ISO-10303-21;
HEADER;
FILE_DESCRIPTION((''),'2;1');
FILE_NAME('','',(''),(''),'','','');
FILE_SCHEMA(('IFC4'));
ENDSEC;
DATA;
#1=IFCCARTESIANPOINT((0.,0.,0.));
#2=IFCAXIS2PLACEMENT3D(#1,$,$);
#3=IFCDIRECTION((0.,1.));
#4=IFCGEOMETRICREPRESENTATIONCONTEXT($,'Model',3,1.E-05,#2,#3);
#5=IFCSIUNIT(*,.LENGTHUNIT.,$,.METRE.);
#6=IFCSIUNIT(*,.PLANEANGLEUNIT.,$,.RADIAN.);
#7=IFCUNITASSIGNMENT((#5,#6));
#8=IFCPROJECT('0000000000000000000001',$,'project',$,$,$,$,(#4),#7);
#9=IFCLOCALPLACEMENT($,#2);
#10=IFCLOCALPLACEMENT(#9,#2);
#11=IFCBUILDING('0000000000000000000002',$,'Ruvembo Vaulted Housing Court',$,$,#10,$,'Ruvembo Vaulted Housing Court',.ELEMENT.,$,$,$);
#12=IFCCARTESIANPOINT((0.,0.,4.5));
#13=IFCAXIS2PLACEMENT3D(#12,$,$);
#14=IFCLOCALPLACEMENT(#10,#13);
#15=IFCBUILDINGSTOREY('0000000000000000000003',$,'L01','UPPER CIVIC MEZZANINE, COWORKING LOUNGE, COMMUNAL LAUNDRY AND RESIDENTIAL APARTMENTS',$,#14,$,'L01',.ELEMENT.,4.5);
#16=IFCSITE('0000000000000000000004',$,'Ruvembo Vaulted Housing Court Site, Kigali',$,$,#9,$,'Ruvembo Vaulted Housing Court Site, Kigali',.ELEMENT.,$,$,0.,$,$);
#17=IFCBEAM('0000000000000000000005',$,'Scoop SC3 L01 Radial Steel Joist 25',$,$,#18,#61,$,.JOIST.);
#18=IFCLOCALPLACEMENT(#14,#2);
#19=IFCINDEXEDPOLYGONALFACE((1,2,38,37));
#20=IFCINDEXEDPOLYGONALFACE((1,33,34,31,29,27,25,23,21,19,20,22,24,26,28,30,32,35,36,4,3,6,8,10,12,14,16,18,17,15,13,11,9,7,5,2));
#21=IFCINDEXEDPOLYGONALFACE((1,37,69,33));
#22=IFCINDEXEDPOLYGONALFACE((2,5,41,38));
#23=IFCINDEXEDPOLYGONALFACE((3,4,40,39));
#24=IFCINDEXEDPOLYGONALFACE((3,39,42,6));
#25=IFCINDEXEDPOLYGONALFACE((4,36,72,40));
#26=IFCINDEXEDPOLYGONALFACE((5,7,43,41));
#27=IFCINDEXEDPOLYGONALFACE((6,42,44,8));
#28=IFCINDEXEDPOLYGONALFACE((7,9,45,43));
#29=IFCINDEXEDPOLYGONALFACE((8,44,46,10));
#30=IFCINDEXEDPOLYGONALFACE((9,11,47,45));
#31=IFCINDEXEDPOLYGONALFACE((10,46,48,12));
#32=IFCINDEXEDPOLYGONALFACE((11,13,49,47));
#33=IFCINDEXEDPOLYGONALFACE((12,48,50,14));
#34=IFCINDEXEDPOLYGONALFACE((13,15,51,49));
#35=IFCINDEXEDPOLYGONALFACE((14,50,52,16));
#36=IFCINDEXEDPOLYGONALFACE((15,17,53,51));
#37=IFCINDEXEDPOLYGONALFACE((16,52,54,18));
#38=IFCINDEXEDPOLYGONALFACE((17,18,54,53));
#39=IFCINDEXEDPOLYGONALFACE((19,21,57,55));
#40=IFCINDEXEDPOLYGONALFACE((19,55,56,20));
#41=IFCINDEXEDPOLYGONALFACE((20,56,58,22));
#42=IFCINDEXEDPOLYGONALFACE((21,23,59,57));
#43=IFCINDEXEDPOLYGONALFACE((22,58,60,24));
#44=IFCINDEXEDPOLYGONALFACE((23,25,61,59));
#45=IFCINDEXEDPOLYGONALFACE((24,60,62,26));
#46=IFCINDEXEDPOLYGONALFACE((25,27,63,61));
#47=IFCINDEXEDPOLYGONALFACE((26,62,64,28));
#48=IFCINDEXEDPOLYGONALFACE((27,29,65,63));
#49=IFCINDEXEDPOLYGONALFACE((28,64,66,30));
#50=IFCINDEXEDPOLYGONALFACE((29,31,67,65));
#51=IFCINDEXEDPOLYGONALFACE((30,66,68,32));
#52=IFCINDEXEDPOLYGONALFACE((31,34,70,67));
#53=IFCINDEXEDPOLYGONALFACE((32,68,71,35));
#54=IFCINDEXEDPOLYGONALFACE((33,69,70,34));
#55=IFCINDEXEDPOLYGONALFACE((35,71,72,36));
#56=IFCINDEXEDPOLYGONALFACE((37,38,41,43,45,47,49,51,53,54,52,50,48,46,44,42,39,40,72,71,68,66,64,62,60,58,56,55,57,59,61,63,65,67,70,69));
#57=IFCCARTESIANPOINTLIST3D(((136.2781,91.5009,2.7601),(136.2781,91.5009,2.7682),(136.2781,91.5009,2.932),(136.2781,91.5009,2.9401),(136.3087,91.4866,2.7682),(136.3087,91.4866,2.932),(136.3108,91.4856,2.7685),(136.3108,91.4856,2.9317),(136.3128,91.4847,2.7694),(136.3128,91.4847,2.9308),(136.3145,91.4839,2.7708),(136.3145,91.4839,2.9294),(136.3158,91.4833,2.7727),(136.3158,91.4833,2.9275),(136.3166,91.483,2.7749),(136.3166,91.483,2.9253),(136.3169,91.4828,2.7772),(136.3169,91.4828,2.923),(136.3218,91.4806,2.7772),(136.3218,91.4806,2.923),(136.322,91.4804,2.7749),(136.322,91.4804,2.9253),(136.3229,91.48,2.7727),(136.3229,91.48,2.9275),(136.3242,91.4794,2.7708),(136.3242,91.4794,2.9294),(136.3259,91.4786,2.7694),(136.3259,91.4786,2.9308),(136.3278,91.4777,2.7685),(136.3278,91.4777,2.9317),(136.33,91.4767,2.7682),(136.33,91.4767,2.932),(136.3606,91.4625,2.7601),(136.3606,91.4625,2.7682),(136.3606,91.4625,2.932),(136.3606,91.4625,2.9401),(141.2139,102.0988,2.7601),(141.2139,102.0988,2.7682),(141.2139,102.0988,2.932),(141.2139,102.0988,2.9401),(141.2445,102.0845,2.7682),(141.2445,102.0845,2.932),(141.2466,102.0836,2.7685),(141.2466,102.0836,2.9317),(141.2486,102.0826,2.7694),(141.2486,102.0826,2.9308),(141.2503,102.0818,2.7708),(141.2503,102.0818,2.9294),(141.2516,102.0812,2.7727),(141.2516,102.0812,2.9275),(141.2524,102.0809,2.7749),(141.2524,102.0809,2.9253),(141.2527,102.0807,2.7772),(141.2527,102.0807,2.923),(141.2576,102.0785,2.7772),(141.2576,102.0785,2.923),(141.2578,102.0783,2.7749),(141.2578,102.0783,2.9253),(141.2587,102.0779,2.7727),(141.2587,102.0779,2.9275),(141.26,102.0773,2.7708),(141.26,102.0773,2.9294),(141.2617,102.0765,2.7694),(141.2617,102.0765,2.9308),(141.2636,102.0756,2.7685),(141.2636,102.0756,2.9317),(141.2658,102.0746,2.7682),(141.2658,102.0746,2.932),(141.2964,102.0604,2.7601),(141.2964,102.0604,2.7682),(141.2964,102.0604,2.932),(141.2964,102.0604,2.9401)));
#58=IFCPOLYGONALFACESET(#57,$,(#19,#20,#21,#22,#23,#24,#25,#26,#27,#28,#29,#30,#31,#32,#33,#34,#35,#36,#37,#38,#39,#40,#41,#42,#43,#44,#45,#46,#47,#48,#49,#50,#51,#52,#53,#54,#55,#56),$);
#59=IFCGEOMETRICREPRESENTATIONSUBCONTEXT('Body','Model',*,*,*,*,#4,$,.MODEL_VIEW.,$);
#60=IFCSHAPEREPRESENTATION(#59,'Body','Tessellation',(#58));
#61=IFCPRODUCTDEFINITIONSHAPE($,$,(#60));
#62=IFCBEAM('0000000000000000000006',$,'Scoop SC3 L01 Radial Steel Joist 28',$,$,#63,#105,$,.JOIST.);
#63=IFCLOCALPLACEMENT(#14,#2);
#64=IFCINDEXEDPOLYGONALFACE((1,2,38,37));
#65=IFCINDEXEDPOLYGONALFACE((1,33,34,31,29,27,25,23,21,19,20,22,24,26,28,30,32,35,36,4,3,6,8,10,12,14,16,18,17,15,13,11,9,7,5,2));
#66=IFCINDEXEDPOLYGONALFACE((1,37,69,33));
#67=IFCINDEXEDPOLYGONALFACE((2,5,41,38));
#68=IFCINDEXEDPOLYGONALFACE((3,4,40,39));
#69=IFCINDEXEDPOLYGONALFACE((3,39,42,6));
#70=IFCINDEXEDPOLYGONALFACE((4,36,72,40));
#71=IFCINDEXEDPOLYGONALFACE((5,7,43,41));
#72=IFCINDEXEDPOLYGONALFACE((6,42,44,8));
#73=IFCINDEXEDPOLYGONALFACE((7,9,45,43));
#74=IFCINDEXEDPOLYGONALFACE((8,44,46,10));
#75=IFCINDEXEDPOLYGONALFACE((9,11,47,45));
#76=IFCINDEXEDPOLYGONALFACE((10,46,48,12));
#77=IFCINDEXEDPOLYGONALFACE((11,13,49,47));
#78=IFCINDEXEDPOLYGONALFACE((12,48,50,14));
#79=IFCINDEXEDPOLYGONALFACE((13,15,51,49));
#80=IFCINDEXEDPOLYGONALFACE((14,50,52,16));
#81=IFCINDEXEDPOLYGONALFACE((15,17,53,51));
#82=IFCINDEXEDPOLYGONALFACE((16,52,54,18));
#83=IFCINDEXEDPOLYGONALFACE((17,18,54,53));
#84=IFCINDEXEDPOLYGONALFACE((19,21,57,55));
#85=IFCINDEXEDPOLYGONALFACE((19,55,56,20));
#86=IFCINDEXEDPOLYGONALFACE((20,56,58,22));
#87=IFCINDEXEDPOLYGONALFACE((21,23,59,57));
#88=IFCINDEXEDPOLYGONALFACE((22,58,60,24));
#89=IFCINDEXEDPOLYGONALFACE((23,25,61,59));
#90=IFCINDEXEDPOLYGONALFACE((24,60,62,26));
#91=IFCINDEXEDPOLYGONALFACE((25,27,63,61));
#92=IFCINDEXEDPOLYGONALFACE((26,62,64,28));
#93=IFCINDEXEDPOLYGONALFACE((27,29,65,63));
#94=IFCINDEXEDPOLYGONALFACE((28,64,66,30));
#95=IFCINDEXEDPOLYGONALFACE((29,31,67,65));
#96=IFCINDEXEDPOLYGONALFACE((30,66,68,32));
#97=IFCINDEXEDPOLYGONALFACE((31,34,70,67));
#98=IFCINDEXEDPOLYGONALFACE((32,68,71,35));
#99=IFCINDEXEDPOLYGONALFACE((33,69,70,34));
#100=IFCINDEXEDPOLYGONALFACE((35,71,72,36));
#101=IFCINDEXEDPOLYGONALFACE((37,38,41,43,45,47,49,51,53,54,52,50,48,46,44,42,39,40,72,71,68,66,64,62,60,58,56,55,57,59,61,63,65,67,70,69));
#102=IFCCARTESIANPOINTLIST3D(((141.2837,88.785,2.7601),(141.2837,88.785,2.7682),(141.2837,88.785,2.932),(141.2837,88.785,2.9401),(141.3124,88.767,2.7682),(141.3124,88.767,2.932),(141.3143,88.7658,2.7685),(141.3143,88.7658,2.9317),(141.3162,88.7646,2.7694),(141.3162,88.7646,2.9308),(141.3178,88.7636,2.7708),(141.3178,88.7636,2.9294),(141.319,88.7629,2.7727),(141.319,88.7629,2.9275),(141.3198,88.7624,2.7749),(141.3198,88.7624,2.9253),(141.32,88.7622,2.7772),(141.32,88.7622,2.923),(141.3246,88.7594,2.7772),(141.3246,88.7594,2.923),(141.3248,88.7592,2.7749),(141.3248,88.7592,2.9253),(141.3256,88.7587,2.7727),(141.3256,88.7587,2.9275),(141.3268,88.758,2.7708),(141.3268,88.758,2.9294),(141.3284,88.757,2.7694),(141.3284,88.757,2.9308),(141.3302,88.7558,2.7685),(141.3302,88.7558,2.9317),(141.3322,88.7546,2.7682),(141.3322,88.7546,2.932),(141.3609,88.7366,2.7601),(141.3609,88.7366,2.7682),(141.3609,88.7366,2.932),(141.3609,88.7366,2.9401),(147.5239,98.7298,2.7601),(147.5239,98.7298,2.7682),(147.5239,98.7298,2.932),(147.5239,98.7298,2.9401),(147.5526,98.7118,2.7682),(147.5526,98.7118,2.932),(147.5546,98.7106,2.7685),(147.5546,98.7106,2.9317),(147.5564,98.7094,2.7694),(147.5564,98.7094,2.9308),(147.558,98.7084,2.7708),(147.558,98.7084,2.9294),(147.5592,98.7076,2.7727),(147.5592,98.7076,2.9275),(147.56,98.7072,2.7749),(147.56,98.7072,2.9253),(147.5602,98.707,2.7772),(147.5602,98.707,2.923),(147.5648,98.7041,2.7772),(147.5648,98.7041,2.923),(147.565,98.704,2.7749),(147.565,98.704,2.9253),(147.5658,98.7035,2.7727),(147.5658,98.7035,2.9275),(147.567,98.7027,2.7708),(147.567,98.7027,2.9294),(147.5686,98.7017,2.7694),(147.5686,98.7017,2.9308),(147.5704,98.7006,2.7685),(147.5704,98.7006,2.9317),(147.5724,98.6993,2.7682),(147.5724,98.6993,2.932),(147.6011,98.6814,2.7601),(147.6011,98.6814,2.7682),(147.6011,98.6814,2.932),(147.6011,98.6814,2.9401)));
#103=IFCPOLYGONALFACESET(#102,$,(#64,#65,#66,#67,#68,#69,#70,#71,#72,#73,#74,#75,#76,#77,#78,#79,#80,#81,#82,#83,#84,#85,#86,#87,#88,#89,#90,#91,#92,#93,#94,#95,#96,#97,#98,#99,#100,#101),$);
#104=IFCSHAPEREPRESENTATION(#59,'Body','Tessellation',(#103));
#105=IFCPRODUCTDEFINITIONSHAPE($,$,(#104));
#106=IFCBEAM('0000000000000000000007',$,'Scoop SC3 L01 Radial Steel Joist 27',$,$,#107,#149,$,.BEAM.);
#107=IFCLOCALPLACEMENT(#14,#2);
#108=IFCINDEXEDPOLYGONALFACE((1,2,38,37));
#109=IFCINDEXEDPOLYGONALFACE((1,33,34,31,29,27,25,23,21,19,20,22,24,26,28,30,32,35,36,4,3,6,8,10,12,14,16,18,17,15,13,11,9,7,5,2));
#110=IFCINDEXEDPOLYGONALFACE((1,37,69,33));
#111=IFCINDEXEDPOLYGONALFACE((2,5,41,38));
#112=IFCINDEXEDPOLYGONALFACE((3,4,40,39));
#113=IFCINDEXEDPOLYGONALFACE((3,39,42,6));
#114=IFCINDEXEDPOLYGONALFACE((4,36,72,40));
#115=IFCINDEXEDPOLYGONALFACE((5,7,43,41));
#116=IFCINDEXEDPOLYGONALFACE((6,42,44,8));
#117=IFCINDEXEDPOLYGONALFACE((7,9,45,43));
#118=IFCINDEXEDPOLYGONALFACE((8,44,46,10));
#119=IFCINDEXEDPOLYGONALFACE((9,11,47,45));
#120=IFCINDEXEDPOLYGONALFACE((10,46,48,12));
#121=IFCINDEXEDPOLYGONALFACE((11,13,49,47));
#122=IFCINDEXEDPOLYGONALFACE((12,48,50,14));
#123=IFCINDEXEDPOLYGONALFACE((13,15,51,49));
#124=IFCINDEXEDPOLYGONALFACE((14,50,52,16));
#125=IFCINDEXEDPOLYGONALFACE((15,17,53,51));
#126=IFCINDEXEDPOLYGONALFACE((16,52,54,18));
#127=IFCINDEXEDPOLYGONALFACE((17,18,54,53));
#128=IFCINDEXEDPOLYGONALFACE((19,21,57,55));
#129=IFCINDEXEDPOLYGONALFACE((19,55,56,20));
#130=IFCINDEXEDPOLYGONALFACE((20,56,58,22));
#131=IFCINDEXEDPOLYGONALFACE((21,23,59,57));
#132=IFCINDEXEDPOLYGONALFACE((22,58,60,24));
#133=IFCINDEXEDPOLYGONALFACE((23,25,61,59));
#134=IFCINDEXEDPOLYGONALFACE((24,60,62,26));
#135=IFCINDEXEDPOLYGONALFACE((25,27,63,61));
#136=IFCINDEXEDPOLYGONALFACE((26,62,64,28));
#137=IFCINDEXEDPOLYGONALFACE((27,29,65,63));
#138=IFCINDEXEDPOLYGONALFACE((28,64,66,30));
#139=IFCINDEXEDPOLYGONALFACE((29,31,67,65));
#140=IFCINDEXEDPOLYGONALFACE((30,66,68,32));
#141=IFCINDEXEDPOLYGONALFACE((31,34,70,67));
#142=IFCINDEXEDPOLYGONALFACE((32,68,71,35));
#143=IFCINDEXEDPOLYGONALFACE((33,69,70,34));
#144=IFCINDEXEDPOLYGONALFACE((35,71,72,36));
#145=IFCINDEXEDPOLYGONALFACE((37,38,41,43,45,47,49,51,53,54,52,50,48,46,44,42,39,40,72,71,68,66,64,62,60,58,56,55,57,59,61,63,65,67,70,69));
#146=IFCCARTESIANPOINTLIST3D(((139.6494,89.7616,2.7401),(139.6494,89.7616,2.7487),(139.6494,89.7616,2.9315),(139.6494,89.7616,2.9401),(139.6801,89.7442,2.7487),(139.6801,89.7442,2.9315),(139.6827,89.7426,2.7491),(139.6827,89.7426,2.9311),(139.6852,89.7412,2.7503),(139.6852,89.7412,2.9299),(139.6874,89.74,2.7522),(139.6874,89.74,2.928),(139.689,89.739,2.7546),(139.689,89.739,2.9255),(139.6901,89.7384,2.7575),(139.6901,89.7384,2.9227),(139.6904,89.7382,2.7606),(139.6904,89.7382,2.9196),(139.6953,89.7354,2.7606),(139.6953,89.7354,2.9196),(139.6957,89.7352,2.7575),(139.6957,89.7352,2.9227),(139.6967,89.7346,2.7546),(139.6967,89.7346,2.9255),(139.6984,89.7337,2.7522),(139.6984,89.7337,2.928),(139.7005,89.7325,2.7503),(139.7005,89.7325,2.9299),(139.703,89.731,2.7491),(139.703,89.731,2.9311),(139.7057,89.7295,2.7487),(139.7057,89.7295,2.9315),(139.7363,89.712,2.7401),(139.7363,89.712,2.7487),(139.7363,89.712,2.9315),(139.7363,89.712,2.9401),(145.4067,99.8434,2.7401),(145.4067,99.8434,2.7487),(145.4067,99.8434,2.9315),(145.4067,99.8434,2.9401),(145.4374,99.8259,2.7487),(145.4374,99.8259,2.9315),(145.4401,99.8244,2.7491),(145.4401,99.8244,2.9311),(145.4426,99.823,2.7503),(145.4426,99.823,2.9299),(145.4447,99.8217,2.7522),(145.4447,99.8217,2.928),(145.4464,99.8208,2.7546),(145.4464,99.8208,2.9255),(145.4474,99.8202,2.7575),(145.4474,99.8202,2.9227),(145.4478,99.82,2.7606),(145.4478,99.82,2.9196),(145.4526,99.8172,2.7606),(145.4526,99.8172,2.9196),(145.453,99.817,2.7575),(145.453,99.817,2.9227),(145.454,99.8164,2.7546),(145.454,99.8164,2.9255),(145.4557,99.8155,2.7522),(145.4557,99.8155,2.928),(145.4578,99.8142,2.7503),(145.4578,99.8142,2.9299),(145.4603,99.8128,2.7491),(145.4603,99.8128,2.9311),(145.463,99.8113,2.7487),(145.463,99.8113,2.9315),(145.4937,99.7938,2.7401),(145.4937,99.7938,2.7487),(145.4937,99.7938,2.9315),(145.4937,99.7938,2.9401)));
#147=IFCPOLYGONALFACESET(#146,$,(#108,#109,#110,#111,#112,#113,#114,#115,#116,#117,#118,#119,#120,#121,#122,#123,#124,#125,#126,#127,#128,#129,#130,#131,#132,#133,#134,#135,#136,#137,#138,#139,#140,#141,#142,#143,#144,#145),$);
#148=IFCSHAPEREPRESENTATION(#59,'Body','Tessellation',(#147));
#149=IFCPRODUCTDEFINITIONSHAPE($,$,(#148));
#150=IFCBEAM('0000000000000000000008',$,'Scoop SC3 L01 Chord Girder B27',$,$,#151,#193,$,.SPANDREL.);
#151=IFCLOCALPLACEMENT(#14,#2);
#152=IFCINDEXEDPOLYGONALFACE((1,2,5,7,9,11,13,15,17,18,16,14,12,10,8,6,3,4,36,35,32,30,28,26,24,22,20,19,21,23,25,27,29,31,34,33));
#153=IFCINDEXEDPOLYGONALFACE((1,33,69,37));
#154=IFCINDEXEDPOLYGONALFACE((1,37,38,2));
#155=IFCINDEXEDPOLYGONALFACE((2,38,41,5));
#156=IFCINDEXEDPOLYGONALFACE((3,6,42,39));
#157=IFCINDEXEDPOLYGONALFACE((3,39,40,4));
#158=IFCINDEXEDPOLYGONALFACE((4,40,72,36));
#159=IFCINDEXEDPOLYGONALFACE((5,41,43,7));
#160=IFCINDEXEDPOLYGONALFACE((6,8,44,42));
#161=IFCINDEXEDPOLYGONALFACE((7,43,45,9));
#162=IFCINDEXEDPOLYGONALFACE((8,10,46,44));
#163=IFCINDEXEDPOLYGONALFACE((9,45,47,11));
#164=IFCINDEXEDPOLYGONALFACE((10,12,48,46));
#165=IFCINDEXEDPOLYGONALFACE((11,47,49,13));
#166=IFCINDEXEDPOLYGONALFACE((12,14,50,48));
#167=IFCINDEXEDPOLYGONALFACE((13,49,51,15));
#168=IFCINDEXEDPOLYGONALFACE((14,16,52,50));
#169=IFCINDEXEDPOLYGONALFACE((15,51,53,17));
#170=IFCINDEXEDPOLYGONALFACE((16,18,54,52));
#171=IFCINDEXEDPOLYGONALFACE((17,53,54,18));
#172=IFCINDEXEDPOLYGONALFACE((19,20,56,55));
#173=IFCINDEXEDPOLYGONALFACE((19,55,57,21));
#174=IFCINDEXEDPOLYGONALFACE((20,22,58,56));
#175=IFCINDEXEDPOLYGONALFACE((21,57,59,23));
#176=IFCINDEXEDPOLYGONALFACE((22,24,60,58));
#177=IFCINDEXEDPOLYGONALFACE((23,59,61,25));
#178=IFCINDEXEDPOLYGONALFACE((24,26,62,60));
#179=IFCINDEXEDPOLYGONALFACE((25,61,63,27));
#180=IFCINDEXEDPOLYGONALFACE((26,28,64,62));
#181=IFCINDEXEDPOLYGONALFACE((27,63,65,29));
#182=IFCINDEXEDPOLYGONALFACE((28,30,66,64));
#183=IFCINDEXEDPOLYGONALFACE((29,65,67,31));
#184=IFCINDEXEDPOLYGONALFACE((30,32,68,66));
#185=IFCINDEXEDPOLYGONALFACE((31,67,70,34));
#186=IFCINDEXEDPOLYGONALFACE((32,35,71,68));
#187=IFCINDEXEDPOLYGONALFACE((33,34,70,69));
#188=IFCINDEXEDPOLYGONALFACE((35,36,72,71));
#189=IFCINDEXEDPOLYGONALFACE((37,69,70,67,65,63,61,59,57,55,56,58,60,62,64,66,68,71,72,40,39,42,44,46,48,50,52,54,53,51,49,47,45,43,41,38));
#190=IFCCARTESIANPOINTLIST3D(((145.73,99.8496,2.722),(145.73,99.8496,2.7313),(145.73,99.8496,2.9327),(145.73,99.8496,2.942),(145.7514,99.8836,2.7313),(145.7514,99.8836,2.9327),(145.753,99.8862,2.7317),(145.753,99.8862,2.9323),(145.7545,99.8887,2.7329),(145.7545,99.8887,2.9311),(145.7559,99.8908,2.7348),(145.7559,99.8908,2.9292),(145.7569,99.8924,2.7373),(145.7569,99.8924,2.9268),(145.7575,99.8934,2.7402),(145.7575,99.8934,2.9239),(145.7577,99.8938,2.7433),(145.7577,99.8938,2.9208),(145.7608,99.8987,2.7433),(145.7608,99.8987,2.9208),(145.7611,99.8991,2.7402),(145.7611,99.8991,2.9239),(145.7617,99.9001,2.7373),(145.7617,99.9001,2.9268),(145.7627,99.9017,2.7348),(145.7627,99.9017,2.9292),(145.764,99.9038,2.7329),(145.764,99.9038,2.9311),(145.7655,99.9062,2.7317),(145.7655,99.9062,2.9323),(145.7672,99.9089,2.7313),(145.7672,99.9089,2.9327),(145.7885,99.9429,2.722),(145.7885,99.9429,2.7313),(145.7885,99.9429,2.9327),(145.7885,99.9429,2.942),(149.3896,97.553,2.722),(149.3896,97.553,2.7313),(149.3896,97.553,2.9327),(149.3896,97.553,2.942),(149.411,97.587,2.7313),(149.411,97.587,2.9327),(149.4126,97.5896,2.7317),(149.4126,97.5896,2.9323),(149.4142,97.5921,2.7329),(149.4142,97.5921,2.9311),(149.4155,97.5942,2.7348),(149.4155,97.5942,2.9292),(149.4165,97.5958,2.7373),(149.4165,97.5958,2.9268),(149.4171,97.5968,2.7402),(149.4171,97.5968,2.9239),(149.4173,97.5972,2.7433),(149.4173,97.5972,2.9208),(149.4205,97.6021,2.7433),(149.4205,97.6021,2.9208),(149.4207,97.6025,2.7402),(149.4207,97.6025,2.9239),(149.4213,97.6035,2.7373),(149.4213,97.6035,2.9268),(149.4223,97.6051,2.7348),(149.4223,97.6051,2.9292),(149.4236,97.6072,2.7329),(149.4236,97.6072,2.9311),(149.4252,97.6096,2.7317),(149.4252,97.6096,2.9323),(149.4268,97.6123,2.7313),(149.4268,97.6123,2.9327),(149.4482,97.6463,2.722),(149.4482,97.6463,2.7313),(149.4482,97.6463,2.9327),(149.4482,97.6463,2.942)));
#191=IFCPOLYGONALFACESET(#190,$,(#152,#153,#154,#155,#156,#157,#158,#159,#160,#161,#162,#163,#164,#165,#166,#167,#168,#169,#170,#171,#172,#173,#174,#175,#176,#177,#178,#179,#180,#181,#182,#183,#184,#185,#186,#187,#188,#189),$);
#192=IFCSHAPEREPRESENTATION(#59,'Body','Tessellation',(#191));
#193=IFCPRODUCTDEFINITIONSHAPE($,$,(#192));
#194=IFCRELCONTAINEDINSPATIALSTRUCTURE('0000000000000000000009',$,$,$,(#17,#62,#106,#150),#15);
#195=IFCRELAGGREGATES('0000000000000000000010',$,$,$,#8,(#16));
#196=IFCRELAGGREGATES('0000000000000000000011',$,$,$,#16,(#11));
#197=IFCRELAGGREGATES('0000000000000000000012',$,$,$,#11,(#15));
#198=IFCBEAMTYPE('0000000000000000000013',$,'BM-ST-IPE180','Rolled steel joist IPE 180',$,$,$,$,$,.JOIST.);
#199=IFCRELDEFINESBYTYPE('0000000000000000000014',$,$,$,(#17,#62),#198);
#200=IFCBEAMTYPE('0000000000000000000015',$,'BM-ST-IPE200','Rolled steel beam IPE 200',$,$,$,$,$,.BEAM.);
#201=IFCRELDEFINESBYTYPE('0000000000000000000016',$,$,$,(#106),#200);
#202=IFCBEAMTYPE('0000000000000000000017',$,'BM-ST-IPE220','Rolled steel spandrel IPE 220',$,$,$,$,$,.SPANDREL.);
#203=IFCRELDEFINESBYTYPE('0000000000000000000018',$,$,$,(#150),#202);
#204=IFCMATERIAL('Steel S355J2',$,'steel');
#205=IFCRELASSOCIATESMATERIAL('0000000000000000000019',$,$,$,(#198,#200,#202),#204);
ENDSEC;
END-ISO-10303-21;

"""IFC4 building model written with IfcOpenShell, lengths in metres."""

from ifc_helpers import new_model, si_unit, direction, frame, origin, origin_2d, place, context, subcontext, project, spatial, i_section, extrude, material, material_profile, profile_set, type_object, element, save


model = new_model("IFC4")

# Units and contexts
model_context = context("Model", 3, precision=1e-05, world=origin(), true_north=direction((0.0, 1.0)))
body_context = subcontext(model_context, "Body", "Model", "MODEL_VIEW")
ifc_project = project(units=[si_unit("LENGTHUNIT", "METRE"), si_unit("PLANEANGLEUNIT", "RADIAN")], contexts=[model_context])

# Site, building, storey
site_placement = place(None, origin())
site = spatial("IfcSite", under=ifc_project, at=site_placement, Name="Ruvembo Vaulted Housing Court Site, Kigali", LongName="Ruvembo Vaulted Housing Court Site, Kigali", CompositionType="ELEMENT", RefElevation=0.0)
building_placement = place(site_placement, origin())
building = spatial("IfcBuilding", under=site, at=building_placement, Name="Ruvembo Vaulted Housing Court", LongName="Ruvembo Vaulted Housing Court", CompositionType="ELEMENT")
storey_placement = place(building_placement, frame((0.0, 0.0, 4.5)))
storey = spatial("IfcBuildingStorey", under=building, at=storey_placement, Name="L01", Description="UPPER CIVIC MEZZANINE, COWORKING LOUNGE, COMMUNAL LAUNDRY AND RESIDENTIAL APARTMENTS", LongName="L01", CompositionType="ELEMENT", Elevation=4.5)

# Beams
ifc_material_1 = material(Name="Steel S355J2", Category="steel")
ifc_material_profile_1 = material_profile(ifc_material_1, i_section(OverallWidth=0.0911, OverallDepth=0.1799, WebThickness=0.0054, FlangeThickness=0.0081, FilletRadius=0.009, at=origin_2d()), Name="IPE 180")
ifc_profile_set_1 = profile_set([ifc_material_profile_1], Name="Steel S355J2")
beam_type_1 = type_object("IfcBeamType", Name="BM-ST-IPE180", Description="Rolled steel joist IPE 180", PredefinedType="JOIST", material=ifc_profile_set_1)
beam_1_placement = place(storey_placement, frame((141.2551, 102.0796, 2.8501), z_axis=(-0.42219, -0.906507, 0.0), x_axis=(0.906507, -0.42219, 0.0)))
element("IfcBeam", 1, at=beam_1_placement, inside=storey, type_object=beam_type_1, Name="Scoop SC3 L01 Radial Steel Joist 25", PredefinedType="JOIST", context=body_context, shape_type="SweptSolid", body=[
    extrude(i_section(OverallWidth=0.0911, OverallDepth=0.1799, WebThickness=0.0054, FlangeThickness=0.0081, FilletRadius=0.009, at=origin_2d()), origin(), (0.0, 0.0, 1.0), 11.6909),
])
beam_2_placement = place(storey_placement, frame((147.5625, 98.7056, 2.8501), z_axis=(-0.531512, -0.847051, 0.0), x_axis=(0.847051, -0.531512, 0.0)))
element("IfcBeam", 2, at=beam_2_placement, inside=storey, type_object=beam_type_1, Name="Scoop SC3 L01 Radial Steel Joist 28", PredefinedType="JOIST", context=body_context, shape_type="SweptSolid", body=[
    extrude(i_section(OverallWidth=0.0911, OverallDepth=0.1799, WebThickness=0.0054, FlangeThickness=0.0081, FilletRadius=0.009, at=origin_2d()), origin(), (0.0, 0.0, 1.0), 11.7405),
])
ifc_material_profile_2 = material_profile(ifc_material_1, i_section(OverallWidth=0.1001, OverallDepth=0.2, WebThickness=0.0056, FlangeThickness=0.0085, FilletRadius=0.012, at=origin_2d()), Name="IPE 200")
ifc_profile_set_2 = profile_set([ifc_material_profile_2], Name="Steel S355J2")
beam_type_2 = type_object("IfcBeamType", Name="BM-ST-IPE200", Description="Rolled steel beam IPE 200", PredefinedType="BEAM", material=ifc_profile_set_2)
beam_3_placement = place(storey_placement, frame((145.4502, 99.8186, 2.8401), z_axis=(-0.495899, -0.86838, 0.0), x_axis=(0.86838, -0.495899, 0.0)))
element("IfcBeam", 3, at=beam_3_placement, inside=storey, type_object=beam_type_2, Name="Scoop SC3 L01 Radial Steel Joist 27", PredefinedType="BEAM", context=body_context, shape_type="SweptSolid", body=[
    extrude(i_section(OverallWidth=0.1001, OverallDepth=0.2, WebThickness=0.0056, FlangeThickness=0.0085, FilletRadius=0.012, at=origin_2d()), origin(), (0.0, 0.0, 1.0), 11.6099),
])
ifc_material_profile_3 = material_profile(ifc_material_1, i_section(OverallWidth=0.1101, OverallDepth=0.22, WebThickness=0.0059, FlangeThickness=0.0093, FilletRadius=0.012, at=origin_2d()), Name="IPE 220")
ifc_profile_set_3 = profile_set([ifc_material_profile_3], Name="Steel S355J2")
beam_type_3 = type_object("IfcBeamType", Name="BM-ST-IPE220", Description="Rolled steel spandrel IPE 220", PredefinedType="SPANDREL", material=ifc_profile_set_3)
beam_4_placement = place(storey_placement, frame((145.7593, 99.8962, 2.832), z_axis=(0.847025, -0.531552, 0.0), x_axis=(0.531552, 0.847025, 0.0)))
element("IfcBeam", 4, at=beam_4_placement, inside=storey, type_object=beam_type_3, Name="Scoop SC3 L01 Chord Girder B27", PredefinedType="SPANDREL", context=body_context, shape_type="SweptSolid", body=[
    extrude(i_section(OverallWidth=0.1101, OverallDepth=0.22, WebThickness=0.0059, FlangeThickness=0.0093, FilletRadius=0.012, at=origin_2d()), origin(), (0.0, 0.0, 1.0), 4.3206),
])

save(model, "model.ifc")
